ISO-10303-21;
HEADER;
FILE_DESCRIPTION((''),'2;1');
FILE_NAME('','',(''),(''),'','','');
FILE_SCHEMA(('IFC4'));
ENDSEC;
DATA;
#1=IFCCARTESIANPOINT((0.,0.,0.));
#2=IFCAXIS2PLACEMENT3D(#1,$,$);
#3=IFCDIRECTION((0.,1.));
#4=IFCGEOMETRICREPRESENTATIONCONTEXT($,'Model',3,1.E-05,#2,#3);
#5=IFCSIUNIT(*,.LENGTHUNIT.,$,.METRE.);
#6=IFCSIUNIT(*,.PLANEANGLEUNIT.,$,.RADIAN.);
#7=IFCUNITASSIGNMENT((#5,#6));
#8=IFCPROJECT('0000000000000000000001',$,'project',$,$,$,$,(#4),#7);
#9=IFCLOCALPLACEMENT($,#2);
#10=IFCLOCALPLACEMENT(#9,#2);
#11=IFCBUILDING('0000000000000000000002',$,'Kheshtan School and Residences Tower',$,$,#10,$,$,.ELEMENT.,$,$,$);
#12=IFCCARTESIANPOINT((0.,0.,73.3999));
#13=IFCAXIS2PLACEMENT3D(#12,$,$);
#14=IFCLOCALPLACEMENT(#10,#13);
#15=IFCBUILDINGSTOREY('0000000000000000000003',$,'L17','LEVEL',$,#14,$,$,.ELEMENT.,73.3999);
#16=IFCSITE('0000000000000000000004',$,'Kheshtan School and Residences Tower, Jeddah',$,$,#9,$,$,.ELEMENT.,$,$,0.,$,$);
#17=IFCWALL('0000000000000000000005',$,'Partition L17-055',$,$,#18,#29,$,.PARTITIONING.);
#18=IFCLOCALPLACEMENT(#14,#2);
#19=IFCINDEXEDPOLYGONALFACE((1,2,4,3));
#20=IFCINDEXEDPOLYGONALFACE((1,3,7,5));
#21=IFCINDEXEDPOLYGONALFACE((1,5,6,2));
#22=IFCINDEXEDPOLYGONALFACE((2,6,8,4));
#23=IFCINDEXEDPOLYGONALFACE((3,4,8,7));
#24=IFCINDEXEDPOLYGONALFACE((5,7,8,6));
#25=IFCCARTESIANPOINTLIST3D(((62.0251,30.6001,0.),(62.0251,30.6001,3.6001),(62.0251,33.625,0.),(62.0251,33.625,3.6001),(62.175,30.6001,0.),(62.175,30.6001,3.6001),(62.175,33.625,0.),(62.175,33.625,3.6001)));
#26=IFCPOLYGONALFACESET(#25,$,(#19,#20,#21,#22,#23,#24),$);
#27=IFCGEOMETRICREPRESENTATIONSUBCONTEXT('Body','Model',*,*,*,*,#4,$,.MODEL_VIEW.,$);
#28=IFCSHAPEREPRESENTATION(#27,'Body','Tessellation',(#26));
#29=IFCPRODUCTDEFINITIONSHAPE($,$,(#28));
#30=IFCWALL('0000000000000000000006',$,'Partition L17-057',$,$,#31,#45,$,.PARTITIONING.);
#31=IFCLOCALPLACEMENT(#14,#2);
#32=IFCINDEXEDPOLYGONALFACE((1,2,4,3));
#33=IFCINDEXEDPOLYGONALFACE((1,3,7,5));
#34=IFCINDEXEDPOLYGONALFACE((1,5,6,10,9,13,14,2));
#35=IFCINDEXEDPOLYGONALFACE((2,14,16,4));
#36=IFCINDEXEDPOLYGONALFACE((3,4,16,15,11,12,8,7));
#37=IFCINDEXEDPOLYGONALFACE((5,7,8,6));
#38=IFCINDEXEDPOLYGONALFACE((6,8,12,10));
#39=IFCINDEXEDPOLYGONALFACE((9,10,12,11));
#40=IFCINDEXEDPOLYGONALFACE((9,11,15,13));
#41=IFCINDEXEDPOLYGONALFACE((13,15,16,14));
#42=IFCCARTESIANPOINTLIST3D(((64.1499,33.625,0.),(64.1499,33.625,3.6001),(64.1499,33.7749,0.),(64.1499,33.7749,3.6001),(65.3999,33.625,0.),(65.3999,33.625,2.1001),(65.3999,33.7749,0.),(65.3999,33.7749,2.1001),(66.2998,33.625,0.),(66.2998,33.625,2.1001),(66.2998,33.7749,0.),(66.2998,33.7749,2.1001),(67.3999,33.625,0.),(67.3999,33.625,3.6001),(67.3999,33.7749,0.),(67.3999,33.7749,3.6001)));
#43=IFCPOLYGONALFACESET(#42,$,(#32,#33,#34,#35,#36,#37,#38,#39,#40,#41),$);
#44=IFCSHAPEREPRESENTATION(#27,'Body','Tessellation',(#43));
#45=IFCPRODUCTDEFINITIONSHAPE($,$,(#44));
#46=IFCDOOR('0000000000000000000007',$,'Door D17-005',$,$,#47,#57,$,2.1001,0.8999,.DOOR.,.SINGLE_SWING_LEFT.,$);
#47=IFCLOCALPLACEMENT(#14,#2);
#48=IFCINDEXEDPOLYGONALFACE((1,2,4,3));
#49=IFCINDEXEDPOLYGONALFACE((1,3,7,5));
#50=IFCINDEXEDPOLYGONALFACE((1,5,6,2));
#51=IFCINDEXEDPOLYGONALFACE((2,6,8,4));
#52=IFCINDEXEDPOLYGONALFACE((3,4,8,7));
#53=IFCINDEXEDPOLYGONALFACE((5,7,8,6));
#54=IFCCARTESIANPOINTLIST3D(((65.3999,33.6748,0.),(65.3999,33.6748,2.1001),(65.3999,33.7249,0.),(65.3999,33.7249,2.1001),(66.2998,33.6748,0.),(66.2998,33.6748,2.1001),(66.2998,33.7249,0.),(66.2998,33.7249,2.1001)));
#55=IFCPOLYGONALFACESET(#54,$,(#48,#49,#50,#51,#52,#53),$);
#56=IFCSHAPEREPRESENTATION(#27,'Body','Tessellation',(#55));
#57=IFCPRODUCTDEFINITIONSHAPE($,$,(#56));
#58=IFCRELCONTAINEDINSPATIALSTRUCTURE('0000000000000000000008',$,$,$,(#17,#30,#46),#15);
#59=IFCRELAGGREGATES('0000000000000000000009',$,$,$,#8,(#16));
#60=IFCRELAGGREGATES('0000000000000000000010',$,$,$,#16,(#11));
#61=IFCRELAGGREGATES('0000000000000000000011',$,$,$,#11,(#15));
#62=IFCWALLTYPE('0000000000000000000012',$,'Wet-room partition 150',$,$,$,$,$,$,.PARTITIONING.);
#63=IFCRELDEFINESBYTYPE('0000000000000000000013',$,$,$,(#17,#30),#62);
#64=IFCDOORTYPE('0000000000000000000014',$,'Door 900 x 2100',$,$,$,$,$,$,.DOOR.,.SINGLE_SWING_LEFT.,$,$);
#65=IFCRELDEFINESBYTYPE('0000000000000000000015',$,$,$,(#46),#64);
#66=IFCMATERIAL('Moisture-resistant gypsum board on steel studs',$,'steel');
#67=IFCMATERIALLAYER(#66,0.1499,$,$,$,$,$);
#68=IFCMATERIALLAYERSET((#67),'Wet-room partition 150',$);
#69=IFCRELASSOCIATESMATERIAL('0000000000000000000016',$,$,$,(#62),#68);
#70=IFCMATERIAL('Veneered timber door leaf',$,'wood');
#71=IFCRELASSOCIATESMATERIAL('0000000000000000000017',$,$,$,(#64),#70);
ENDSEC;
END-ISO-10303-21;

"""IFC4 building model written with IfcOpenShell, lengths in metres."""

from ifc_helpers import new_model, si_unit, direction, frame, frame_2d, origin, place, context, subcontext, project, spatial, rectangle, extrude, source, transform, mapped, material, layer, layer_set, type_object, element, fill, save


model = new_model("IFC4")

# Units and contexts
model_context = context("Model", 3, precision=1e-05, world=origin(), true_north=direction((0.0, 1.0)))
body_context = subcontext(model_context, "Body", "Model", "MODEL_VIEW")
ifc_project = project(units=[si_unit("LENGTHUNIT", "METRE"), si_unit("PLANEANGLEUNIT", "RADIAN")], contexts=[model_context])

# Site, building, storey
site_placement = place(None, origin())
site = spatial("IfcSite", under=ifc_project, at=site_placement, Name="Kheshtan School and Residences Tower, Jeddah", CompositionType="ELEMENT", RefElevation=0.0)
building_placement = place(site_placement, origin())
building = spatial("IfcBuilding", under=site, at=building_placement, Name="Kheshtan School and Residences Tower", CompositionType="ELEMENT")
storey_placement = place(building_placement, frame((0.0, 0.0, 73.3999)))
storey = spatial("IfcBuildingStorey", under=building, at=storey_placement, Name="L17", Description="LEVEL", CompositionType="ELEMENT", Elevation=73.3999)

# Shared definitions
ifc_material_1 = material(Name="Moisture-resistant gypsum board on steel studs", Category="steel")
ifc_layer_1 = layer(ifc_material_1, 0.1499)
ifc_layer_set_1 = layer_set([ifc_layer_1], Name="Wet-room partition 150")
wall_type_1 = type_object("IfcWallType", Name="Wet-room partition 150", PredefinedType="PARTITIONING", material=ifc_layer_set_1)
ifc_material_2 = material(Name="Veneered timber door leaf", Category="wood")
door_type_1 = type_object("IfcDoorType", Name="Door 900 x 2100", OperationType="SINGLE_SWING_LEFT", PredefinedType="DOOR", material=ifc_material_2)
shared_shape_1 = source(origin(), body_context, "Body", "SweptSolid", [
    extrude(rectangle(XDim=0.8999, YDim=2.1001, at=frame_2d((0.45, 1.05))), frame((0.0, 0.0249, 0.0), z_axis=(0.0, -1.0, 0.0), x_axis=(1.0, 0.0, 0.0)), (0.0, 0.0, 1.0), 0.05),
])

# Wall
for number, where, z_axis, x_axis, name in (
    (1, (62.1001, 30.6001, 0.0), (0.0, 0.0, 1.0), (0.0, 1.0, 0.0), "Partition L17-055"),
):
    element("IfcWall", number, at=place(storey_placement, frame(where, z_axis=z_axis, x_axis=x_axis)), inside=storey, type_object=wall_type_1, Name=name, PredefinedType="PARTITIONING", context=body_context, shape_type="SweptSolid", body=[
        extrude(rectangle(XDim=3.0249, YDim=0.1499, at=frame_2d((1.5125, 0.0))), origin(), (0.0, 0.0, 1.0), 3.6001),
    ])

# Wall, opening, door
wall_1_placement = place(storey_placement, frame((64.1499, 33.7, 0.0), z_axis=(0.0, 0.0, 1.0), x_axis=(1.0, 0.0, 0.0)))
wall_1 = element("IfcWall", 2, at=wall_1_placement, inside=storey, type_object=wall_type_1, Name="Partition L17-057", PredefinedType="PARTITIONING", context=body_context, shape_type="SweptSolid", body=[
    extrude(rectangle(XDim=3.25, YDim=0.1499, at=frame_2d((1.625, 0.0))), origin(), (0.0, 0.0, 1.0), 3.6001),
])
opening_1_placement = place(wall_1_placement, frame((1.25, 0.0, 0.0)))
opening_1 = element("IfcOpeningElement", 3, at=opening_1_placement, cuts=wall_1, PredefinedType="OPENING", context=body_context, shape_type="SweptSolid", body=[
    extrude(rectangle(XDim=0.8999, YDim=2.1001, at=frame_2d((0.45, 1.05))), frame((0.0, 0.085, 0.0), z_axis=(0.0, -1.0, 0.0), x_axis=(1.0, 0.0, 0.0)), (0.0, 0.0, 1.0), 0.1699),
])
door_1_placement = place(opening_1_placement, origin())
door_1 = element("IfcDoor", 4, at=door_1_placement, inside=storey, type_object=door_type_1, Name="Door D17-005", OperationType="SINGLE_SWING_LEFT", OverallHeight=2.1001, OverallWidth=0.8999, PredefinedType="DOOR", context=body_context, shape_type="MappedRepresentation", body=[
    mapped(shared_shape_1, transform((0.0, 0.0, 0.0), x_axis=(1.0, 0.0, 0.0), y_axis=(0.0, 1.0, 0.0), z_axis=(0.0, 0.0, 1.0), scale=1.0)),
])
fill(opening_1, door_1)

save(model, "model.ifc")
